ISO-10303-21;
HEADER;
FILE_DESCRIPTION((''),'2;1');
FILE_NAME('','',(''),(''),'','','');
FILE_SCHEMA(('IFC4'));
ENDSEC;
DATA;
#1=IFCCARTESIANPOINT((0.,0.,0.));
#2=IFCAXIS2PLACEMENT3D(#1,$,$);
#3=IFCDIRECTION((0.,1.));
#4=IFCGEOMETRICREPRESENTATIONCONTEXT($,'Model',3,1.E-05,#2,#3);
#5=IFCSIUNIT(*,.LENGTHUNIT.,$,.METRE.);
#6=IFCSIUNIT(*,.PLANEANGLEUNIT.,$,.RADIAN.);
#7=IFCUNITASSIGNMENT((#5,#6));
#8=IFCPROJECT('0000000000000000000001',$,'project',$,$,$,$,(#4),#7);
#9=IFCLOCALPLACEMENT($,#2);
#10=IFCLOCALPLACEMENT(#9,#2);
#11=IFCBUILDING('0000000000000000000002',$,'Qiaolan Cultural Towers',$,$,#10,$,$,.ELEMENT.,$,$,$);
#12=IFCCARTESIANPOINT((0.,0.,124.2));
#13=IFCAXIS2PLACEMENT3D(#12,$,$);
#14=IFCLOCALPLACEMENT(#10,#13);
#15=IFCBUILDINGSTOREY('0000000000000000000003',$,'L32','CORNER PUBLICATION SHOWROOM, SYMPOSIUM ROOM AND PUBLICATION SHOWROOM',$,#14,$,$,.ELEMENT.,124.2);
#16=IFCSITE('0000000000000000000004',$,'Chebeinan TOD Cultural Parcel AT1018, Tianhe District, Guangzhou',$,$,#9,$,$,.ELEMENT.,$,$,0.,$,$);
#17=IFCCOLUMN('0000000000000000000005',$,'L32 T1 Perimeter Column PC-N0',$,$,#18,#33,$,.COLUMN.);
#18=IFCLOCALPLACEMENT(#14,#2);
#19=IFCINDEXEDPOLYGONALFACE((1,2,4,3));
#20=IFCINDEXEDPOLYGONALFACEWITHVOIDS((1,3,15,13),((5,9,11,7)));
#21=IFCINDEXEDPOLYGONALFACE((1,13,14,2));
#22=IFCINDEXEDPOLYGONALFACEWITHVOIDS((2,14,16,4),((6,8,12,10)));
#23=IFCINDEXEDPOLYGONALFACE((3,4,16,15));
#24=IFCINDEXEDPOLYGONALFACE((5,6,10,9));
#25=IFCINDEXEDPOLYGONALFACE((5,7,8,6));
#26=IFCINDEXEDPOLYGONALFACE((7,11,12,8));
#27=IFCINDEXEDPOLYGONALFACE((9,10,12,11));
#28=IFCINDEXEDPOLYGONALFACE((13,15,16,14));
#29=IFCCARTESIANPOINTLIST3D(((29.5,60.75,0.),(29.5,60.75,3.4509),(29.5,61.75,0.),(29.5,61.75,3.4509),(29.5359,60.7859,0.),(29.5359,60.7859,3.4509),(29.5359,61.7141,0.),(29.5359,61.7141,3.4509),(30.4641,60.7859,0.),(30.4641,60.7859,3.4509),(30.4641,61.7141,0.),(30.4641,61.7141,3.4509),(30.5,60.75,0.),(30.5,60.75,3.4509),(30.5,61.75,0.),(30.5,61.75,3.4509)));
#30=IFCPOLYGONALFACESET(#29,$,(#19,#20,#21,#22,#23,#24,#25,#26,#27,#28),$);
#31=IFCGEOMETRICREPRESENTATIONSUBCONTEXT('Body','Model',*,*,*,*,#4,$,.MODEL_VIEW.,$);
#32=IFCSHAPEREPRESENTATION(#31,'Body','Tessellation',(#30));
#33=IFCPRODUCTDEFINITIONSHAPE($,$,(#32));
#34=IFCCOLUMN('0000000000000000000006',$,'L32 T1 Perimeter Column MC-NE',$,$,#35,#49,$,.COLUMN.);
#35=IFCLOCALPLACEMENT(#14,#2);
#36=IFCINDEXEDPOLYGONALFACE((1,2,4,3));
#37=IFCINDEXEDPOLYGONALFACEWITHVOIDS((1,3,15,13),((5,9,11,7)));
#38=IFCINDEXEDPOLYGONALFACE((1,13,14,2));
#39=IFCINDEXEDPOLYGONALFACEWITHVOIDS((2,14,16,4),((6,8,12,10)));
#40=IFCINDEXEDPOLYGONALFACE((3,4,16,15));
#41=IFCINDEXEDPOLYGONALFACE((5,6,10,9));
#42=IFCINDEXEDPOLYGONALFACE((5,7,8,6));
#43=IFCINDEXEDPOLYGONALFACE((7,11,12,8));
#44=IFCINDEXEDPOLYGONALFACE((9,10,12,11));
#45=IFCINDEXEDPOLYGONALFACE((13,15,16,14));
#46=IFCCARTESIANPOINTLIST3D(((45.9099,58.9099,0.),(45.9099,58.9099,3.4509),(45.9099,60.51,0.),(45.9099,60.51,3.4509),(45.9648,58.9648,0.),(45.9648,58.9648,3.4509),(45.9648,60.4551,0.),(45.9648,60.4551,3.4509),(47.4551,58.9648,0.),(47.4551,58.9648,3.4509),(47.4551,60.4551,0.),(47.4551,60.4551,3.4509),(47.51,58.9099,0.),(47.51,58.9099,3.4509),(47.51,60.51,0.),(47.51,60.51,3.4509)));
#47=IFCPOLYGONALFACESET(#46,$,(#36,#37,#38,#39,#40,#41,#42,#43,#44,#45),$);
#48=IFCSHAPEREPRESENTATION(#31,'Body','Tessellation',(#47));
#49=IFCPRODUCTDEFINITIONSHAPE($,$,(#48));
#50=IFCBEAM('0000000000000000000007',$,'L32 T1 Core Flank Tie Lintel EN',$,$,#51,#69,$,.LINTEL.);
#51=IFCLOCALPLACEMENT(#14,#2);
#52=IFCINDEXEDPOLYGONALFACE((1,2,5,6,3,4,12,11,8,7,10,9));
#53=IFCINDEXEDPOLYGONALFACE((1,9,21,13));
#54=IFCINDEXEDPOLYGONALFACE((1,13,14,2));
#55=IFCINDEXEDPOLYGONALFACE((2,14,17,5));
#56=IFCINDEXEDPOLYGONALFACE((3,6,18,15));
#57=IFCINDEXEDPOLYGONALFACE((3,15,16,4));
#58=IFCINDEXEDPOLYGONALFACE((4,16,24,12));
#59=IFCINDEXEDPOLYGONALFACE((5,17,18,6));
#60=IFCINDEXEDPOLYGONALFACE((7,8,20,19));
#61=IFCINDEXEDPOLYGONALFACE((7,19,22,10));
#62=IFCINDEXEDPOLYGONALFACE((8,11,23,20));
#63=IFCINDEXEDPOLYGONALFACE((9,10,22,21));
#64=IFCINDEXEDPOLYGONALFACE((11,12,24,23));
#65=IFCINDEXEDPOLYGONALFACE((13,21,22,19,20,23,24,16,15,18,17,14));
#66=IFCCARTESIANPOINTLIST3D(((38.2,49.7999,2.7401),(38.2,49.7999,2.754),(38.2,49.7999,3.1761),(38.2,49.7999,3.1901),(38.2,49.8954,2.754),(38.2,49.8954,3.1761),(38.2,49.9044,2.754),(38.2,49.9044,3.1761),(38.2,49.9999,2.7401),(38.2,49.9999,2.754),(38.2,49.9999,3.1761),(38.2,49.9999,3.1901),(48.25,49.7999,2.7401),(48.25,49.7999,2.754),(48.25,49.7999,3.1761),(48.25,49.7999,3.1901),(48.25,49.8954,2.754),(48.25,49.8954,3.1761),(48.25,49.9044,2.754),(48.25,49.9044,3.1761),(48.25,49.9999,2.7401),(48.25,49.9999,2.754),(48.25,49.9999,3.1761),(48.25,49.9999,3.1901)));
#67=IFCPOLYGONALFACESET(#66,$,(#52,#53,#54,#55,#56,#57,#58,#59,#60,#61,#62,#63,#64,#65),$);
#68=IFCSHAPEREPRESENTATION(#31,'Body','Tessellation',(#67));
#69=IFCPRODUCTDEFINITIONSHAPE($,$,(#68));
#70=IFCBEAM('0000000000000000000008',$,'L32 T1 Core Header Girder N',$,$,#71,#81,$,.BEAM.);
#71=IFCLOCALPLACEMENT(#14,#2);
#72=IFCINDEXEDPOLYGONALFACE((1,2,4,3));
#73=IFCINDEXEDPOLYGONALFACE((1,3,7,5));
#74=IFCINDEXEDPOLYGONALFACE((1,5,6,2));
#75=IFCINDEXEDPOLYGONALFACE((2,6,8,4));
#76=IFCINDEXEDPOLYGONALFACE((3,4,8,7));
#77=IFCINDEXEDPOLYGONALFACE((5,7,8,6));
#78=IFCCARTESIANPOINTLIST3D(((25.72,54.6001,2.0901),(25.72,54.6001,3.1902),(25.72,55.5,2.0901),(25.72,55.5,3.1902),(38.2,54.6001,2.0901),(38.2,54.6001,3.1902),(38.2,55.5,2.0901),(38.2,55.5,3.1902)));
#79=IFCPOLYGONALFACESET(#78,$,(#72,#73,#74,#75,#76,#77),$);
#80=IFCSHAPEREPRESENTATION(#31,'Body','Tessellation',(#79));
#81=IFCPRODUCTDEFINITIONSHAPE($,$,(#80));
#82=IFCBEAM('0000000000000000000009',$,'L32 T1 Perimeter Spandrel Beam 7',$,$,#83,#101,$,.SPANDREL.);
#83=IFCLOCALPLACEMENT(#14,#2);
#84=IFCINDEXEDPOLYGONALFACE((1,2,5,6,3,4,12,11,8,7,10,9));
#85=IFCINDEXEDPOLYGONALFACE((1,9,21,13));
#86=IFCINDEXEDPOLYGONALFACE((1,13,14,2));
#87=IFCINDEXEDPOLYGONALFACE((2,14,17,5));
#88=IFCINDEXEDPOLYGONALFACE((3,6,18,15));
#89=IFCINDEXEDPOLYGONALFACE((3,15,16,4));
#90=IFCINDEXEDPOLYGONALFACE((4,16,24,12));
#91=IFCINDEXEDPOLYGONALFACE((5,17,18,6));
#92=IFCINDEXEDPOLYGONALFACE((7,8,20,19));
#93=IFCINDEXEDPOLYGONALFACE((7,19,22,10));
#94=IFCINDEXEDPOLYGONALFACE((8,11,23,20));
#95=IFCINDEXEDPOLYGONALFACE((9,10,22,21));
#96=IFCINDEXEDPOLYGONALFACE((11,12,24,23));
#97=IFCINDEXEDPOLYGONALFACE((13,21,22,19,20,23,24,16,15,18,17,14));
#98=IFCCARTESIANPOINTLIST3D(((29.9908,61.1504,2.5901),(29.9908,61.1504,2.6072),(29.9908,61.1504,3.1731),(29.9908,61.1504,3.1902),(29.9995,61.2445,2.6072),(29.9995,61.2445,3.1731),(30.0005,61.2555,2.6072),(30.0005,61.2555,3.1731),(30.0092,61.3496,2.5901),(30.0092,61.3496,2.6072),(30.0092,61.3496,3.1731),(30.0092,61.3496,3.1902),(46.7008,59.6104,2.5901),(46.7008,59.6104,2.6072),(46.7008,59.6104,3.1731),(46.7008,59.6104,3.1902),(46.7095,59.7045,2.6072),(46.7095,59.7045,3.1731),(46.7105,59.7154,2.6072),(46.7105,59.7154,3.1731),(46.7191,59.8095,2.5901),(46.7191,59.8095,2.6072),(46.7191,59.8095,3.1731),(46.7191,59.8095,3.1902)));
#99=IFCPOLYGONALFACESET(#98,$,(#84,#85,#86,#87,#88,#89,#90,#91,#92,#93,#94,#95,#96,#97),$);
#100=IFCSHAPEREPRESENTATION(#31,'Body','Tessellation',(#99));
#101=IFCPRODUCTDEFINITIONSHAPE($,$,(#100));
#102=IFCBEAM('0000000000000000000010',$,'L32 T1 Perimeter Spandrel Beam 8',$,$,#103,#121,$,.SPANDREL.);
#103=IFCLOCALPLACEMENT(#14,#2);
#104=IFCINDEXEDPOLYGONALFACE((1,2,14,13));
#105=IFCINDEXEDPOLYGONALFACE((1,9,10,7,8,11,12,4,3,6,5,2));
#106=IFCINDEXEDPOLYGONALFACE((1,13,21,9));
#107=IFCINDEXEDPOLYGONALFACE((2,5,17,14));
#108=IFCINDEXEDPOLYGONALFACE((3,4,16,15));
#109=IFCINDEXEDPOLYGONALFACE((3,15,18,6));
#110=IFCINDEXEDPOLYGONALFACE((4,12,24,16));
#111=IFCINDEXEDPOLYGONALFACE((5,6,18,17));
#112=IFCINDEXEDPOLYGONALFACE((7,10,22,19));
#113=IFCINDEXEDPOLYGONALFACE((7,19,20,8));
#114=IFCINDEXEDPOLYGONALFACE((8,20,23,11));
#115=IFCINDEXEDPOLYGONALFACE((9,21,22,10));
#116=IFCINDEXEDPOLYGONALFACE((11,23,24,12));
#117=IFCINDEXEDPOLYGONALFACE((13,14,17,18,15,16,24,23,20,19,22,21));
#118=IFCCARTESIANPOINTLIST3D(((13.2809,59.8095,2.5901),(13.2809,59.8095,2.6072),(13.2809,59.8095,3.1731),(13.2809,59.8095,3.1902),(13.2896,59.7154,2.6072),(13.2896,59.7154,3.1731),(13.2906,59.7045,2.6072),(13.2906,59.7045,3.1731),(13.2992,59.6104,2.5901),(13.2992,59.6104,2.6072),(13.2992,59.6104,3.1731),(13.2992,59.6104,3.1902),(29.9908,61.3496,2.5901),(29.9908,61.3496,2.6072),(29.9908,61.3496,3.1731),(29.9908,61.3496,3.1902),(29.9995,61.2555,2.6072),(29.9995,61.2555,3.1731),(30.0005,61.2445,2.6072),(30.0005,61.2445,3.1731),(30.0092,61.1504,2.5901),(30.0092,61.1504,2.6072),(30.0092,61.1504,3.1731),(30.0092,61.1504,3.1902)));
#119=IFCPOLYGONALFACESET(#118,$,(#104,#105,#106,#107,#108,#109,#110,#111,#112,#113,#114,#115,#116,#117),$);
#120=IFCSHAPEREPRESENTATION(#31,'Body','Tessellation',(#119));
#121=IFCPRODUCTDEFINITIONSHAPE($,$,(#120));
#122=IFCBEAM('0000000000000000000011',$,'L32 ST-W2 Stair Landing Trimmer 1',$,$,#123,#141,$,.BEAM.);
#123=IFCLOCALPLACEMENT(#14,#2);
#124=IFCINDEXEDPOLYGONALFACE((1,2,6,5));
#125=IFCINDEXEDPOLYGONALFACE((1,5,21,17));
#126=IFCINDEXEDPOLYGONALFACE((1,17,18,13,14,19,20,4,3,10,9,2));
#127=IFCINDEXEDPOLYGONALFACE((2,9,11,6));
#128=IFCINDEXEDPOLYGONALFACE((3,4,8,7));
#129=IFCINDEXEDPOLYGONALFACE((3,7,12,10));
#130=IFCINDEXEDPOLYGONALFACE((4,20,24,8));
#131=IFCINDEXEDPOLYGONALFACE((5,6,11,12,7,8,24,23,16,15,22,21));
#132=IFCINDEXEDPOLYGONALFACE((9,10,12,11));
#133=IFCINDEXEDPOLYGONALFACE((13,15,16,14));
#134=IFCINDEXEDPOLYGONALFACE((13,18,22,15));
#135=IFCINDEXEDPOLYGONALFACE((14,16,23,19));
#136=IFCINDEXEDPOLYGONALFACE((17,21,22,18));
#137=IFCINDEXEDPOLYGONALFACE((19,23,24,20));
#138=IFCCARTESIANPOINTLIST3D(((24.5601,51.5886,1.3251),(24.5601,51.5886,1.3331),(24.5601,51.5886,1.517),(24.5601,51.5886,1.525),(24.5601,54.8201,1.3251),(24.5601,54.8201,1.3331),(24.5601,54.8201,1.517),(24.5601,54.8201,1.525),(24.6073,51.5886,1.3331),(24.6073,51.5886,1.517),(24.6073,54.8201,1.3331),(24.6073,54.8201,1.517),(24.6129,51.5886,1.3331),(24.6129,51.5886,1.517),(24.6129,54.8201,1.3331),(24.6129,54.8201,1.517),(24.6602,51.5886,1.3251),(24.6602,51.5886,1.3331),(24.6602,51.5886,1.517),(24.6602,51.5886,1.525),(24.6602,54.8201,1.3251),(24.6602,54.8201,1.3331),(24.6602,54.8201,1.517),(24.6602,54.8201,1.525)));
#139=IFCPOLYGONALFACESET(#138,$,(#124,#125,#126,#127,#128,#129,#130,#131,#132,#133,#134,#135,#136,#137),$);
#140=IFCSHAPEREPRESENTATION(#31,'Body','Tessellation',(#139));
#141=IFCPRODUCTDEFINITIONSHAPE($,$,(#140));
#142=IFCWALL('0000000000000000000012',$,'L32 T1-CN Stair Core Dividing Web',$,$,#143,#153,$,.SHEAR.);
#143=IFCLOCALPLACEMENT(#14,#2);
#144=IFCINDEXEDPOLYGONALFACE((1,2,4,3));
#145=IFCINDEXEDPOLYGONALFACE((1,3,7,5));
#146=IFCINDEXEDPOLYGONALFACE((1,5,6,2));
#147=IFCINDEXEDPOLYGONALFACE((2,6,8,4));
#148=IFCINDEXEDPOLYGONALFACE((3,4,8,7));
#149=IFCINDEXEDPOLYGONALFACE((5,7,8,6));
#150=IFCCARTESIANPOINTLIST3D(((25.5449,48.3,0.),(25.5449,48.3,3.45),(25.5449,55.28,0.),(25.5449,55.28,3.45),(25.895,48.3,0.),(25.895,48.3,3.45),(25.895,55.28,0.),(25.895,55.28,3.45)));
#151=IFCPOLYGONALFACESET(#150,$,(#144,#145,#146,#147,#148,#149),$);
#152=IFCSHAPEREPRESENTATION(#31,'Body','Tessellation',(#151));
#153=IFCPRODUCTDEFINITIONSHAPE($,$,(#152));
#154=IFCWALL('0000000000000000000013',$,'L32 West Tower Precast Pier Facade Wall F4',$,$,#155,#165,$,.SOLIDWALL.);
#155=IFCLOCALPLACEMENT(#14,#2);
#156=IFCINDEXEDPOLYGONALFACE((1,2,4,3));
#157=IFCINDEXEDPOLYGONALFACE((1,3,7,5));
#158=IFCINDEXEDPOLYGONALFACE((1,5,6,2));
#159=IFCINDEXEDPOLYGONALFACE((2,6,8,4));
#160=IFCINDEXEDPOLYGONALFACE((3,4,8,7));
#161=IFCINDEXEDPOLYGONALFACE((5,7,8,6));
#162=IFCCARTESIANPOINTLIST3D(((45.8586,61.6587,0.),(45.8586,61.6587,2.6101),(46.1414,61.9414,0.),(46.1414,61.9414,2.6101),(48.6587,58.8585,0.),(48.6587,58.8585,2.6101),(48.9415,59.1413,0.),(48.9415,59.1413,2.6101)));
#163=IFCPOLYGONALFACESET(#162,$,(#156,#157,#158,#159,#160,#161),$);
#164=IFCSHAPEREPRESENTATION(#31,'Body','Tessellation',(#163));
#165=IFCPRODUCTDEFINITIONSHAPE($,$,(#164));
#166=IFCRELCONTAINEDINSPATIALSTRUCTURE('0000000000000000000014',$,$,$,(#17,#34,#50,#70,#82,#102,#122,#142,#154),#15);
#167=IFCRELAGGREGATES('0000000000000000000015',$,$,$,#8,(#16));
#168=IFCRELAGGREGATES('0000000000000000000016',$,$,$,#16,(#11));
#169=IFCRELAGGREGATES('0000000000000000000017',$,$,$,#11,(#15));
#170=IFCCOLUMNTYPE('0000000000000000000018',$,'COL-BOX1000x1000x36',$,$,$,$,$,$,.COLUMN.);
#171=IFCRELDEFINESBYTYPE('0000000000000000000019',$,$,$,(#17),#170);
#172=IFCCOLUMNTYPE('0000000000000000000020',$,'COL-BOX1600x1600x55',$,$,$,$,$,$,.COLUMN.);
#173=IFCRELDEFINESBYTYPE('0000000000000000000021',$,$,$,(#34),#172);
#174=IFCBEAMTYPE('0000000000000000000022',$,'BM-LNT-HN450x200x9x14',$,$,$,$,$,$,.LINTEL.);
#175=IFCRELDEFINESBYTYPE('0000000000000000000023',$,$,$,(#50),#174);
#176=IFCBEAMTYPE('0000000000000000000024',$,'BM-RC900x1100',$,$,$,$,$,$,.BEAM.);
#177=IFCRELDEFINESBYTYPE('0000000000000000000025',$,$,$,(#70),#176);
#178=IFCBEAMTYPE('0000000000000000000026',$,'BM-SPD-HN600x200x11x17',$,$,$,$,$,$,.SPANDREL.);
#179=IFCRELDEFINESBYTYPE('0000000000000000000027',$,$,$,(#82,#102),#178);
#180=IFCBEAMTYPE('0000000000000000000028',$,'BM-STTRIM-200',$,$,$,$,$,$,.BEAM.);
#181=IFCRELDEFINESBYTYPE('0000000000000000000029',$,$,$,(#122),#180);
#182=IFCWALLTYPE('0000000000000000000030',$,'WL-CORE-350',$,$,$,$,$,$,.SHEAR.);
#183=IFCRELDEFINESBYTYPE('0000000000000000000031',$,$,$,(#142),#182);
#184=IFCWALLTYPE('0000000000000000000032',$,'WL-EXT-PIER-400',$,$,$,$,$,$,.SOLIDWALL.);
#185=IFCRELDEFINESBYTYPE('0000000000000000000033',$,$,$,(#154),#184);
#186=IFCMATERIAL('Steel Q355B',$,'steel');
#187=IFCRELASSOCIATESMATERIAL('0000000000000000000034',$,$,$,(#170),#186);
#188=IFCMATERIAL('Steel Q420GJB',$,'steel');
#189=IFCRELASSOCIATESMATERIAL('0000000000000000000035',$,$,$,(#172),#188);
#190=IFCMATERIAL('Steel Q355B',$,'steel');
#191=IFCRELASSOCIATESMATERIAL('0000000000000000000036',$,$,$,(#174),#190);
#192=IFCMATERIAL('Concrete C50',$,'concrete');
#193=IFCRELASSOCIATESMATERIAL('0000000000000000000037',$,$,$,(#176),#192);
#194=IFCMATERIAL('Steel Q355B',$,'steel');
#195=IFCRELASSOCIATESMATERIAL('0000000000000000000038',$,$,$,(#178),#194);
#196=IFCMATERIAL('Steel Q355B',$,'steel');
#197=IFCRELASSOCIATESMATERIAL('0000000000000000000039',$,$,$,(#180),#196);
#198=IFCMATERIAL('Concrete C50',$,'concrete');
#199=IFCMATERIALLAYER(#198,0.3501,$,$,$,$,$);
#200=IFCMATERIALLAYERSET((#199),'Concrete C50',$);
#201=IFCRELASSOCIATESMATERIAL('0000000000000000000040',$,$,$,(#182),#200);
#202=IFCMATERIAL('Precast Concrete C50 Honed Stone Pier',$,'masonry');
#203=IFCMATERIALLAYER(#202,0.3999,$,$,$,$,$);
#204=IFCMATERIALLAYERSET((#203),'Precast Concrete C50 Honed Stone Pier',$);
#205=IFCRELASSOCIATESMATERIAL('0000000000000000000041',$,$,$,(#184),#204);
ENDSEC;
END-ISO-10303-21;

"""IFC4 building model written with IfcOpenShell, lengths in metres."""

from ifc_helpers import new_model, si_unit, direction, frame, frame_2d, origin, origin_2d, place, context, subcontext, project, spatial, rectangle, hollow_rectangle, i_section, extrude, material, layer, layer_set, material_profile, profile_set, type_object, element, save


model = new_model("IFC4")

# Units and contexts
model_context = context("Model", 3, precision=1e-05, world=origin(), true_north=direction((0.0, 1.0)))
body_context = subcontext(model_context, "Body", "Model", "MODEL_VIEW")
ifc_project = project(units=[si_unit("LENGTHUNIT", "METRE"), si_unit("PLANEANGLEUNIT", "RADIAN")], contexts=[model_context])

# Site, building, storey
site_placement = place(None, origin())
site = spatial("IfcSite", under=ifc_project, at=site_placement, Name="Chebeinan TOD Cultural Parcel AT1018, Tianhe District, Guangzhou", CompositionType="ELEMENT", RefElevation=0.0)
building_placement = place(site_placement, origin())
building = spatial("IfcBuilding", under=site, at=building_placement, Name="Qiaolan Cultural Towers", CompositionType="ELEMENT")
storey_placement = place(building_placement, frame((0.0, 0.0, 124.2)))
storey = spatial("IfcBuildingStorey", under=building, at=storey_placement, Name="L32", Description="CORNER PUBLICATION SHOWROOM, SYMPOSIUM ROOM AND PUBLICATION SHOWROOM", CompositionType="ELEMENT", Elevation=124.2)

# Columns
ifc_material_1 = material(Name="Steel Q355B", Category="steel")
ifc_material_profile_1 = material_profile(ifc_material_1, hollow_rectangle(XDim=1.0, YDim=1.0, WallThickness=0.0359, at=origin_2d()), Name="BOX1000x1000x36")
ifc_profile_set_1 = profile_set([ifc_material_profile_1], Name="Steel Q355B")
column_type_1 = type_object("IfcColumnType", Name="COL-BOX1000x1000x36", PredefinedType="COLUMN", material=ifc_profile_set_1)
column_1_placement = place(storey_placement, frame((30.0, 61.25, 0.0), z_axis=(0.0, 0.0, 1.0), x_axis=(1.0, 0.0, 0.0)))
element("IfcColumn", 1, at=column_1_placement, inside=storey, type_object=column_type_1, Name="L32 T1 Perimeter Column PC-N0", PredefinedType="COLUMN", context=body_context, shape_type="SweptSolid", body=[
    extrude(hollow_rectangle(XDim=1.0, YDim=1.0, WallThickness=0.0359, at=origin_2d()), origin(), (0.0, 0.0, 1.0), 3.4509),
])
ifc_material_2 = material(Name="Steel Q420GJB", Category="steel")
ifc_material_profile_2 = material_profile(ifc_material_2, hollow_rectangle(XDim=1.6001, YDim=1.6001, WallThickness=0.0549, at=origin_2d()), Name="BOX1600x1600x55")
ifc_profile_set_2 = profile_set([ifc_material_profile_2], Name="Steel Q420GJB")
column_type_2 = type_object("IfcColumnType", Name="COL-BOX1600x1600x55", PredefinedType="COLUMN", material=ifc_profile_set_2)
column_2_placement = place(storey_placement, frame((46.71, 59.71, 0.0), z_axis=(0.0, 0.0, 1.0), x_axis=(1.0, 0.0, 0.0)))
element("IfcColumn", 2, at=column_2_placement, inside=storey, type_object=column_type_2, Name="L32 T1 Perimeter Column MC-NE", PredefinedType="COLUMN", context=body_context, shape_type="SweptSolid", body=[
    extrude(hollow_rectangle(XDim=1.6001, YDim=1.6001, WallThickness=0.0549, at=origin_2d()), origin(), (0.0, 0.0, 1.0), 3.4509),
])

# Beams
ifc_material_3 = material(Name="Steel Q355B", Category="steel")
ifc_material_profile_3 = material_profile(ifc_material_3, i_section(OverallWidth=0.2, OverallDepth=0.45, WebThickness=0.009, FlangeThickness=0.0139, at=origin_2d()), Name="HN450x200x9x14")
ifc_profile_set_3 = profile_set([ifc_material_profile_3], Name="Steel Q355B")
beam_type_1 = type_object("IfcBeamType", Name="BM-LNT-HN450x200x9x14", PredefinedType="LINTEL", material=ifc_profile_set_3)
beam_1_placement = place(storey_placement, frame((38.2, 49.8999, 2.9651), z_axis=(1.0, 0.0, 0.0), x_axis=(0.0, 1.0, 0.0)))
element("IfcBeam", 3, at=beam_1_placement, inside=storey, type_object=beam_type_1, Name="L32 T1 Core Flank Tie Lintel EN", PredefinedType="LINTEL", context=body_context, shape_type="SweptSolid", body=[
    extrude(i_section(OverallWidth=0.2, OverallDepth=0.45, WebThickness=0.009, FlangeThickness=0.0139, at=origin_2d()), origin(), (0.0, 0.0, 1.0), 10.05),
])
ifc_material_4 = material(Name="Concrete C50", Category="concrete")
ifc_material_profile_4 = material_profile(ifc_material_4, rectangle(XDim=0.8999, YDim=1.1001, at=origin_2d()), Name="RC900x1100")
ifc_profile_set_4 = profile_set([ifc_material_profile_4], Name="Concrete C50")
beam_type_2 = type_object("IfcBeamType", Name="BM-RC900x1100", PredefinedType="BEAM", material=ifc_profile_set_4)
beam_2_placement = place(storey_placement, frame((25.72, 55.05, 2.6401), z_axis=(1.0, 0.0, 0.0), x_axis=(0.0, 1.0, 0.0)))
element("IfcBeam", 4, at=beam_2_placement, inside=storey, type_object=beam_type_2, Name="L32 T1 Core Header Girder N", PredefinedType="BEAM", context=body_context, shape_type="SweptSolid", body=[
    extrude(rectangle(XDim=0.8999, YDim=1.1001, at=origin_2d()), origin(), (0.0, 0.0, 1.0), 12.48),
])
ifc_material_5 = material(Name="Steel Q355B", Category="steel")
ifc_material_profile_5 = material_profile(ifc_material_5, i_section(OverallWidth=0.2, OverallDepth=0.6001, WebThickness=0.011, FlangeThickness=0.0171, at=origin_2d()), Name="HN600x200x11x17")
ifc_profile_set_5 = profile_set([ifc_material_profile_5], Name="Steel Q355B")
beam_type_3 = type_object("IfcBeamType", Name="BM-SPD-HN600x200x11x17", PredefinedType="SPANDREL", material=ifc_profile_set_5)
for number, where, z_axis, x_axis, name in (
    (5, (46.71, 59.71, 2.8901), (-0.99578, 0.091774, 0.0), (-0.091774, -0.99578, 0.0), "L32 T1 Perimeter Spandrel Beam 7"),
    (6, (30.0, 61.25, 2.8901), (-0.99578, -0.091774, 0.0), (0.091774, -0.99578, 0.0), "L32 T1 Perimeter Spandrel Beam 8"),
):
    element("IfcBeam", number, at=place(storey_placement, frame(where, z_axis=z_axis, x_axis=x_axis)), inside=storey, type_object=beam_type_3, Name=name, PredefinedType="SPANDREL", context=body_context, shape_type="SweptSolid", body=[
        extrude(i_section(OverallWidth=0.2, OverallDepth=0.6001, WebThickness=0.011, FlangeThickness=0.0171, at=origin_2d()), origin(), (0.0, 0.0, 1.0), 16.7808),
    ])
ifc_material_6 = material(Name="Steel Q355B", Category="steel")
ifc_material_profile_6 = material_profile(ifc_material_6, i_section(OverallWidth=0.1001, OverallDepth=0.2, WebThickness=0.0056, FlangeThickness=0.0081, at=origin_2d()), Name="HN200x100x5.5x8")
ifc_profile_set_6 = profile_set([ifc_material_profile_6], Name="Steel Q355B")
beam_type_4 = type_object("IfcBeamType", Name="BM-STTRIM-200", PredefinedType="BEAM", material=ifc_profile_set_6)
beam_3_placement = place(storey_placement, frame((24.6101, 51.5886, 1.425), z_axis=(0.0, 1.0, 0.0), x_axis=(-1.0, 0.0, 0.0)))
element("IfcBeam", 7, at=beam_3_placement, inside=storey, type_object=beam_type_4, Name="L32 ST-W2 Stair Landing Trimmer 1", PredefinedType="BEAM", context=body_context, shape_type="SweptSolid", body=[
    extrude(i_section(OverallWidth=0.1001, OverallDepth=0.2, WebThickness=0.0056, FlangeThickness=0.0081, at=origin_2d()), origin(), (0.0, 0.0, 1.0), 3.2314),
])

# Walls
ifc_material_7 = material(Name="Concrete C50", Category="concrete")
ifc_layer_1 = layer(ifc_material_7, 0.3501)
ifc_layer_set_1 = layer_set([ifc_layer_1], Name="Concrete C50")
wall_type_1 = type_object("IfcWallType", Name="WL-CORE-350", PredefinedType="SHEAR", material=ifc_layer_set_1)
wall_1_placement = place(storey_placement, frame((25.72, 48.3, 0.0), z_axis=(0.0, 0.0, 1.0), x_axis=(0.0, 1.0, 0.0)))
element("IfcWall", 8, at=wall_1_placement, inside=storey, type_object=wall_type_1, Name="L32 T1-CN Stair Core Dividing Web", PredefinedType="SHEAR", context=body_context, shape_type="SweptSolid", body=[
    extrude(rectangle(XDim=6.98, YDim=0.3501, at=frame_2d((3.49, 0.0))), origin(), (0.0, 0.0, 1.0), 3.45),
])
ifc_material_8 = material(Name="Precast Concrete C50 Honed Stone Pier", Category="masonry")
ifc_layer_2 = layer(ifc_material_8, 0.3999)
ifc_layer_set_2 = layer_set([ifc_layer_2], Name="Precast Concrete C50 Honed Stone Pier")
wall_type_2 = type_object("IfcWallType", Name="WL-EXT-PIER-400", PredefinedType="SOLIDWALL", material=ifc_layer_set_2)
wall_2_placement = place(storey_placement, frame((46.0, 61.8, 0.0), z_axis=(0.0, 0.0, 1.0), x_axis=(0.707107, -0.707107, 0.0)))
element("IfcWall", 9, at=wall_2_placement, inside=storey, type_object=wall_type_2, Name="L32 West Tower Precast Pier Facade Wall F4", PredefinedType="SOLIDWALL", context=body_context, shape_type="SweptSolid", body=[
    extrude(rectangle(XDim=3.96, YDim=0.3999, at=frame_2d((1.98, 0.0))), origin(), (0.0, 0.0, 1.0), 2.6101),
])

save(model, "model.ifc")
